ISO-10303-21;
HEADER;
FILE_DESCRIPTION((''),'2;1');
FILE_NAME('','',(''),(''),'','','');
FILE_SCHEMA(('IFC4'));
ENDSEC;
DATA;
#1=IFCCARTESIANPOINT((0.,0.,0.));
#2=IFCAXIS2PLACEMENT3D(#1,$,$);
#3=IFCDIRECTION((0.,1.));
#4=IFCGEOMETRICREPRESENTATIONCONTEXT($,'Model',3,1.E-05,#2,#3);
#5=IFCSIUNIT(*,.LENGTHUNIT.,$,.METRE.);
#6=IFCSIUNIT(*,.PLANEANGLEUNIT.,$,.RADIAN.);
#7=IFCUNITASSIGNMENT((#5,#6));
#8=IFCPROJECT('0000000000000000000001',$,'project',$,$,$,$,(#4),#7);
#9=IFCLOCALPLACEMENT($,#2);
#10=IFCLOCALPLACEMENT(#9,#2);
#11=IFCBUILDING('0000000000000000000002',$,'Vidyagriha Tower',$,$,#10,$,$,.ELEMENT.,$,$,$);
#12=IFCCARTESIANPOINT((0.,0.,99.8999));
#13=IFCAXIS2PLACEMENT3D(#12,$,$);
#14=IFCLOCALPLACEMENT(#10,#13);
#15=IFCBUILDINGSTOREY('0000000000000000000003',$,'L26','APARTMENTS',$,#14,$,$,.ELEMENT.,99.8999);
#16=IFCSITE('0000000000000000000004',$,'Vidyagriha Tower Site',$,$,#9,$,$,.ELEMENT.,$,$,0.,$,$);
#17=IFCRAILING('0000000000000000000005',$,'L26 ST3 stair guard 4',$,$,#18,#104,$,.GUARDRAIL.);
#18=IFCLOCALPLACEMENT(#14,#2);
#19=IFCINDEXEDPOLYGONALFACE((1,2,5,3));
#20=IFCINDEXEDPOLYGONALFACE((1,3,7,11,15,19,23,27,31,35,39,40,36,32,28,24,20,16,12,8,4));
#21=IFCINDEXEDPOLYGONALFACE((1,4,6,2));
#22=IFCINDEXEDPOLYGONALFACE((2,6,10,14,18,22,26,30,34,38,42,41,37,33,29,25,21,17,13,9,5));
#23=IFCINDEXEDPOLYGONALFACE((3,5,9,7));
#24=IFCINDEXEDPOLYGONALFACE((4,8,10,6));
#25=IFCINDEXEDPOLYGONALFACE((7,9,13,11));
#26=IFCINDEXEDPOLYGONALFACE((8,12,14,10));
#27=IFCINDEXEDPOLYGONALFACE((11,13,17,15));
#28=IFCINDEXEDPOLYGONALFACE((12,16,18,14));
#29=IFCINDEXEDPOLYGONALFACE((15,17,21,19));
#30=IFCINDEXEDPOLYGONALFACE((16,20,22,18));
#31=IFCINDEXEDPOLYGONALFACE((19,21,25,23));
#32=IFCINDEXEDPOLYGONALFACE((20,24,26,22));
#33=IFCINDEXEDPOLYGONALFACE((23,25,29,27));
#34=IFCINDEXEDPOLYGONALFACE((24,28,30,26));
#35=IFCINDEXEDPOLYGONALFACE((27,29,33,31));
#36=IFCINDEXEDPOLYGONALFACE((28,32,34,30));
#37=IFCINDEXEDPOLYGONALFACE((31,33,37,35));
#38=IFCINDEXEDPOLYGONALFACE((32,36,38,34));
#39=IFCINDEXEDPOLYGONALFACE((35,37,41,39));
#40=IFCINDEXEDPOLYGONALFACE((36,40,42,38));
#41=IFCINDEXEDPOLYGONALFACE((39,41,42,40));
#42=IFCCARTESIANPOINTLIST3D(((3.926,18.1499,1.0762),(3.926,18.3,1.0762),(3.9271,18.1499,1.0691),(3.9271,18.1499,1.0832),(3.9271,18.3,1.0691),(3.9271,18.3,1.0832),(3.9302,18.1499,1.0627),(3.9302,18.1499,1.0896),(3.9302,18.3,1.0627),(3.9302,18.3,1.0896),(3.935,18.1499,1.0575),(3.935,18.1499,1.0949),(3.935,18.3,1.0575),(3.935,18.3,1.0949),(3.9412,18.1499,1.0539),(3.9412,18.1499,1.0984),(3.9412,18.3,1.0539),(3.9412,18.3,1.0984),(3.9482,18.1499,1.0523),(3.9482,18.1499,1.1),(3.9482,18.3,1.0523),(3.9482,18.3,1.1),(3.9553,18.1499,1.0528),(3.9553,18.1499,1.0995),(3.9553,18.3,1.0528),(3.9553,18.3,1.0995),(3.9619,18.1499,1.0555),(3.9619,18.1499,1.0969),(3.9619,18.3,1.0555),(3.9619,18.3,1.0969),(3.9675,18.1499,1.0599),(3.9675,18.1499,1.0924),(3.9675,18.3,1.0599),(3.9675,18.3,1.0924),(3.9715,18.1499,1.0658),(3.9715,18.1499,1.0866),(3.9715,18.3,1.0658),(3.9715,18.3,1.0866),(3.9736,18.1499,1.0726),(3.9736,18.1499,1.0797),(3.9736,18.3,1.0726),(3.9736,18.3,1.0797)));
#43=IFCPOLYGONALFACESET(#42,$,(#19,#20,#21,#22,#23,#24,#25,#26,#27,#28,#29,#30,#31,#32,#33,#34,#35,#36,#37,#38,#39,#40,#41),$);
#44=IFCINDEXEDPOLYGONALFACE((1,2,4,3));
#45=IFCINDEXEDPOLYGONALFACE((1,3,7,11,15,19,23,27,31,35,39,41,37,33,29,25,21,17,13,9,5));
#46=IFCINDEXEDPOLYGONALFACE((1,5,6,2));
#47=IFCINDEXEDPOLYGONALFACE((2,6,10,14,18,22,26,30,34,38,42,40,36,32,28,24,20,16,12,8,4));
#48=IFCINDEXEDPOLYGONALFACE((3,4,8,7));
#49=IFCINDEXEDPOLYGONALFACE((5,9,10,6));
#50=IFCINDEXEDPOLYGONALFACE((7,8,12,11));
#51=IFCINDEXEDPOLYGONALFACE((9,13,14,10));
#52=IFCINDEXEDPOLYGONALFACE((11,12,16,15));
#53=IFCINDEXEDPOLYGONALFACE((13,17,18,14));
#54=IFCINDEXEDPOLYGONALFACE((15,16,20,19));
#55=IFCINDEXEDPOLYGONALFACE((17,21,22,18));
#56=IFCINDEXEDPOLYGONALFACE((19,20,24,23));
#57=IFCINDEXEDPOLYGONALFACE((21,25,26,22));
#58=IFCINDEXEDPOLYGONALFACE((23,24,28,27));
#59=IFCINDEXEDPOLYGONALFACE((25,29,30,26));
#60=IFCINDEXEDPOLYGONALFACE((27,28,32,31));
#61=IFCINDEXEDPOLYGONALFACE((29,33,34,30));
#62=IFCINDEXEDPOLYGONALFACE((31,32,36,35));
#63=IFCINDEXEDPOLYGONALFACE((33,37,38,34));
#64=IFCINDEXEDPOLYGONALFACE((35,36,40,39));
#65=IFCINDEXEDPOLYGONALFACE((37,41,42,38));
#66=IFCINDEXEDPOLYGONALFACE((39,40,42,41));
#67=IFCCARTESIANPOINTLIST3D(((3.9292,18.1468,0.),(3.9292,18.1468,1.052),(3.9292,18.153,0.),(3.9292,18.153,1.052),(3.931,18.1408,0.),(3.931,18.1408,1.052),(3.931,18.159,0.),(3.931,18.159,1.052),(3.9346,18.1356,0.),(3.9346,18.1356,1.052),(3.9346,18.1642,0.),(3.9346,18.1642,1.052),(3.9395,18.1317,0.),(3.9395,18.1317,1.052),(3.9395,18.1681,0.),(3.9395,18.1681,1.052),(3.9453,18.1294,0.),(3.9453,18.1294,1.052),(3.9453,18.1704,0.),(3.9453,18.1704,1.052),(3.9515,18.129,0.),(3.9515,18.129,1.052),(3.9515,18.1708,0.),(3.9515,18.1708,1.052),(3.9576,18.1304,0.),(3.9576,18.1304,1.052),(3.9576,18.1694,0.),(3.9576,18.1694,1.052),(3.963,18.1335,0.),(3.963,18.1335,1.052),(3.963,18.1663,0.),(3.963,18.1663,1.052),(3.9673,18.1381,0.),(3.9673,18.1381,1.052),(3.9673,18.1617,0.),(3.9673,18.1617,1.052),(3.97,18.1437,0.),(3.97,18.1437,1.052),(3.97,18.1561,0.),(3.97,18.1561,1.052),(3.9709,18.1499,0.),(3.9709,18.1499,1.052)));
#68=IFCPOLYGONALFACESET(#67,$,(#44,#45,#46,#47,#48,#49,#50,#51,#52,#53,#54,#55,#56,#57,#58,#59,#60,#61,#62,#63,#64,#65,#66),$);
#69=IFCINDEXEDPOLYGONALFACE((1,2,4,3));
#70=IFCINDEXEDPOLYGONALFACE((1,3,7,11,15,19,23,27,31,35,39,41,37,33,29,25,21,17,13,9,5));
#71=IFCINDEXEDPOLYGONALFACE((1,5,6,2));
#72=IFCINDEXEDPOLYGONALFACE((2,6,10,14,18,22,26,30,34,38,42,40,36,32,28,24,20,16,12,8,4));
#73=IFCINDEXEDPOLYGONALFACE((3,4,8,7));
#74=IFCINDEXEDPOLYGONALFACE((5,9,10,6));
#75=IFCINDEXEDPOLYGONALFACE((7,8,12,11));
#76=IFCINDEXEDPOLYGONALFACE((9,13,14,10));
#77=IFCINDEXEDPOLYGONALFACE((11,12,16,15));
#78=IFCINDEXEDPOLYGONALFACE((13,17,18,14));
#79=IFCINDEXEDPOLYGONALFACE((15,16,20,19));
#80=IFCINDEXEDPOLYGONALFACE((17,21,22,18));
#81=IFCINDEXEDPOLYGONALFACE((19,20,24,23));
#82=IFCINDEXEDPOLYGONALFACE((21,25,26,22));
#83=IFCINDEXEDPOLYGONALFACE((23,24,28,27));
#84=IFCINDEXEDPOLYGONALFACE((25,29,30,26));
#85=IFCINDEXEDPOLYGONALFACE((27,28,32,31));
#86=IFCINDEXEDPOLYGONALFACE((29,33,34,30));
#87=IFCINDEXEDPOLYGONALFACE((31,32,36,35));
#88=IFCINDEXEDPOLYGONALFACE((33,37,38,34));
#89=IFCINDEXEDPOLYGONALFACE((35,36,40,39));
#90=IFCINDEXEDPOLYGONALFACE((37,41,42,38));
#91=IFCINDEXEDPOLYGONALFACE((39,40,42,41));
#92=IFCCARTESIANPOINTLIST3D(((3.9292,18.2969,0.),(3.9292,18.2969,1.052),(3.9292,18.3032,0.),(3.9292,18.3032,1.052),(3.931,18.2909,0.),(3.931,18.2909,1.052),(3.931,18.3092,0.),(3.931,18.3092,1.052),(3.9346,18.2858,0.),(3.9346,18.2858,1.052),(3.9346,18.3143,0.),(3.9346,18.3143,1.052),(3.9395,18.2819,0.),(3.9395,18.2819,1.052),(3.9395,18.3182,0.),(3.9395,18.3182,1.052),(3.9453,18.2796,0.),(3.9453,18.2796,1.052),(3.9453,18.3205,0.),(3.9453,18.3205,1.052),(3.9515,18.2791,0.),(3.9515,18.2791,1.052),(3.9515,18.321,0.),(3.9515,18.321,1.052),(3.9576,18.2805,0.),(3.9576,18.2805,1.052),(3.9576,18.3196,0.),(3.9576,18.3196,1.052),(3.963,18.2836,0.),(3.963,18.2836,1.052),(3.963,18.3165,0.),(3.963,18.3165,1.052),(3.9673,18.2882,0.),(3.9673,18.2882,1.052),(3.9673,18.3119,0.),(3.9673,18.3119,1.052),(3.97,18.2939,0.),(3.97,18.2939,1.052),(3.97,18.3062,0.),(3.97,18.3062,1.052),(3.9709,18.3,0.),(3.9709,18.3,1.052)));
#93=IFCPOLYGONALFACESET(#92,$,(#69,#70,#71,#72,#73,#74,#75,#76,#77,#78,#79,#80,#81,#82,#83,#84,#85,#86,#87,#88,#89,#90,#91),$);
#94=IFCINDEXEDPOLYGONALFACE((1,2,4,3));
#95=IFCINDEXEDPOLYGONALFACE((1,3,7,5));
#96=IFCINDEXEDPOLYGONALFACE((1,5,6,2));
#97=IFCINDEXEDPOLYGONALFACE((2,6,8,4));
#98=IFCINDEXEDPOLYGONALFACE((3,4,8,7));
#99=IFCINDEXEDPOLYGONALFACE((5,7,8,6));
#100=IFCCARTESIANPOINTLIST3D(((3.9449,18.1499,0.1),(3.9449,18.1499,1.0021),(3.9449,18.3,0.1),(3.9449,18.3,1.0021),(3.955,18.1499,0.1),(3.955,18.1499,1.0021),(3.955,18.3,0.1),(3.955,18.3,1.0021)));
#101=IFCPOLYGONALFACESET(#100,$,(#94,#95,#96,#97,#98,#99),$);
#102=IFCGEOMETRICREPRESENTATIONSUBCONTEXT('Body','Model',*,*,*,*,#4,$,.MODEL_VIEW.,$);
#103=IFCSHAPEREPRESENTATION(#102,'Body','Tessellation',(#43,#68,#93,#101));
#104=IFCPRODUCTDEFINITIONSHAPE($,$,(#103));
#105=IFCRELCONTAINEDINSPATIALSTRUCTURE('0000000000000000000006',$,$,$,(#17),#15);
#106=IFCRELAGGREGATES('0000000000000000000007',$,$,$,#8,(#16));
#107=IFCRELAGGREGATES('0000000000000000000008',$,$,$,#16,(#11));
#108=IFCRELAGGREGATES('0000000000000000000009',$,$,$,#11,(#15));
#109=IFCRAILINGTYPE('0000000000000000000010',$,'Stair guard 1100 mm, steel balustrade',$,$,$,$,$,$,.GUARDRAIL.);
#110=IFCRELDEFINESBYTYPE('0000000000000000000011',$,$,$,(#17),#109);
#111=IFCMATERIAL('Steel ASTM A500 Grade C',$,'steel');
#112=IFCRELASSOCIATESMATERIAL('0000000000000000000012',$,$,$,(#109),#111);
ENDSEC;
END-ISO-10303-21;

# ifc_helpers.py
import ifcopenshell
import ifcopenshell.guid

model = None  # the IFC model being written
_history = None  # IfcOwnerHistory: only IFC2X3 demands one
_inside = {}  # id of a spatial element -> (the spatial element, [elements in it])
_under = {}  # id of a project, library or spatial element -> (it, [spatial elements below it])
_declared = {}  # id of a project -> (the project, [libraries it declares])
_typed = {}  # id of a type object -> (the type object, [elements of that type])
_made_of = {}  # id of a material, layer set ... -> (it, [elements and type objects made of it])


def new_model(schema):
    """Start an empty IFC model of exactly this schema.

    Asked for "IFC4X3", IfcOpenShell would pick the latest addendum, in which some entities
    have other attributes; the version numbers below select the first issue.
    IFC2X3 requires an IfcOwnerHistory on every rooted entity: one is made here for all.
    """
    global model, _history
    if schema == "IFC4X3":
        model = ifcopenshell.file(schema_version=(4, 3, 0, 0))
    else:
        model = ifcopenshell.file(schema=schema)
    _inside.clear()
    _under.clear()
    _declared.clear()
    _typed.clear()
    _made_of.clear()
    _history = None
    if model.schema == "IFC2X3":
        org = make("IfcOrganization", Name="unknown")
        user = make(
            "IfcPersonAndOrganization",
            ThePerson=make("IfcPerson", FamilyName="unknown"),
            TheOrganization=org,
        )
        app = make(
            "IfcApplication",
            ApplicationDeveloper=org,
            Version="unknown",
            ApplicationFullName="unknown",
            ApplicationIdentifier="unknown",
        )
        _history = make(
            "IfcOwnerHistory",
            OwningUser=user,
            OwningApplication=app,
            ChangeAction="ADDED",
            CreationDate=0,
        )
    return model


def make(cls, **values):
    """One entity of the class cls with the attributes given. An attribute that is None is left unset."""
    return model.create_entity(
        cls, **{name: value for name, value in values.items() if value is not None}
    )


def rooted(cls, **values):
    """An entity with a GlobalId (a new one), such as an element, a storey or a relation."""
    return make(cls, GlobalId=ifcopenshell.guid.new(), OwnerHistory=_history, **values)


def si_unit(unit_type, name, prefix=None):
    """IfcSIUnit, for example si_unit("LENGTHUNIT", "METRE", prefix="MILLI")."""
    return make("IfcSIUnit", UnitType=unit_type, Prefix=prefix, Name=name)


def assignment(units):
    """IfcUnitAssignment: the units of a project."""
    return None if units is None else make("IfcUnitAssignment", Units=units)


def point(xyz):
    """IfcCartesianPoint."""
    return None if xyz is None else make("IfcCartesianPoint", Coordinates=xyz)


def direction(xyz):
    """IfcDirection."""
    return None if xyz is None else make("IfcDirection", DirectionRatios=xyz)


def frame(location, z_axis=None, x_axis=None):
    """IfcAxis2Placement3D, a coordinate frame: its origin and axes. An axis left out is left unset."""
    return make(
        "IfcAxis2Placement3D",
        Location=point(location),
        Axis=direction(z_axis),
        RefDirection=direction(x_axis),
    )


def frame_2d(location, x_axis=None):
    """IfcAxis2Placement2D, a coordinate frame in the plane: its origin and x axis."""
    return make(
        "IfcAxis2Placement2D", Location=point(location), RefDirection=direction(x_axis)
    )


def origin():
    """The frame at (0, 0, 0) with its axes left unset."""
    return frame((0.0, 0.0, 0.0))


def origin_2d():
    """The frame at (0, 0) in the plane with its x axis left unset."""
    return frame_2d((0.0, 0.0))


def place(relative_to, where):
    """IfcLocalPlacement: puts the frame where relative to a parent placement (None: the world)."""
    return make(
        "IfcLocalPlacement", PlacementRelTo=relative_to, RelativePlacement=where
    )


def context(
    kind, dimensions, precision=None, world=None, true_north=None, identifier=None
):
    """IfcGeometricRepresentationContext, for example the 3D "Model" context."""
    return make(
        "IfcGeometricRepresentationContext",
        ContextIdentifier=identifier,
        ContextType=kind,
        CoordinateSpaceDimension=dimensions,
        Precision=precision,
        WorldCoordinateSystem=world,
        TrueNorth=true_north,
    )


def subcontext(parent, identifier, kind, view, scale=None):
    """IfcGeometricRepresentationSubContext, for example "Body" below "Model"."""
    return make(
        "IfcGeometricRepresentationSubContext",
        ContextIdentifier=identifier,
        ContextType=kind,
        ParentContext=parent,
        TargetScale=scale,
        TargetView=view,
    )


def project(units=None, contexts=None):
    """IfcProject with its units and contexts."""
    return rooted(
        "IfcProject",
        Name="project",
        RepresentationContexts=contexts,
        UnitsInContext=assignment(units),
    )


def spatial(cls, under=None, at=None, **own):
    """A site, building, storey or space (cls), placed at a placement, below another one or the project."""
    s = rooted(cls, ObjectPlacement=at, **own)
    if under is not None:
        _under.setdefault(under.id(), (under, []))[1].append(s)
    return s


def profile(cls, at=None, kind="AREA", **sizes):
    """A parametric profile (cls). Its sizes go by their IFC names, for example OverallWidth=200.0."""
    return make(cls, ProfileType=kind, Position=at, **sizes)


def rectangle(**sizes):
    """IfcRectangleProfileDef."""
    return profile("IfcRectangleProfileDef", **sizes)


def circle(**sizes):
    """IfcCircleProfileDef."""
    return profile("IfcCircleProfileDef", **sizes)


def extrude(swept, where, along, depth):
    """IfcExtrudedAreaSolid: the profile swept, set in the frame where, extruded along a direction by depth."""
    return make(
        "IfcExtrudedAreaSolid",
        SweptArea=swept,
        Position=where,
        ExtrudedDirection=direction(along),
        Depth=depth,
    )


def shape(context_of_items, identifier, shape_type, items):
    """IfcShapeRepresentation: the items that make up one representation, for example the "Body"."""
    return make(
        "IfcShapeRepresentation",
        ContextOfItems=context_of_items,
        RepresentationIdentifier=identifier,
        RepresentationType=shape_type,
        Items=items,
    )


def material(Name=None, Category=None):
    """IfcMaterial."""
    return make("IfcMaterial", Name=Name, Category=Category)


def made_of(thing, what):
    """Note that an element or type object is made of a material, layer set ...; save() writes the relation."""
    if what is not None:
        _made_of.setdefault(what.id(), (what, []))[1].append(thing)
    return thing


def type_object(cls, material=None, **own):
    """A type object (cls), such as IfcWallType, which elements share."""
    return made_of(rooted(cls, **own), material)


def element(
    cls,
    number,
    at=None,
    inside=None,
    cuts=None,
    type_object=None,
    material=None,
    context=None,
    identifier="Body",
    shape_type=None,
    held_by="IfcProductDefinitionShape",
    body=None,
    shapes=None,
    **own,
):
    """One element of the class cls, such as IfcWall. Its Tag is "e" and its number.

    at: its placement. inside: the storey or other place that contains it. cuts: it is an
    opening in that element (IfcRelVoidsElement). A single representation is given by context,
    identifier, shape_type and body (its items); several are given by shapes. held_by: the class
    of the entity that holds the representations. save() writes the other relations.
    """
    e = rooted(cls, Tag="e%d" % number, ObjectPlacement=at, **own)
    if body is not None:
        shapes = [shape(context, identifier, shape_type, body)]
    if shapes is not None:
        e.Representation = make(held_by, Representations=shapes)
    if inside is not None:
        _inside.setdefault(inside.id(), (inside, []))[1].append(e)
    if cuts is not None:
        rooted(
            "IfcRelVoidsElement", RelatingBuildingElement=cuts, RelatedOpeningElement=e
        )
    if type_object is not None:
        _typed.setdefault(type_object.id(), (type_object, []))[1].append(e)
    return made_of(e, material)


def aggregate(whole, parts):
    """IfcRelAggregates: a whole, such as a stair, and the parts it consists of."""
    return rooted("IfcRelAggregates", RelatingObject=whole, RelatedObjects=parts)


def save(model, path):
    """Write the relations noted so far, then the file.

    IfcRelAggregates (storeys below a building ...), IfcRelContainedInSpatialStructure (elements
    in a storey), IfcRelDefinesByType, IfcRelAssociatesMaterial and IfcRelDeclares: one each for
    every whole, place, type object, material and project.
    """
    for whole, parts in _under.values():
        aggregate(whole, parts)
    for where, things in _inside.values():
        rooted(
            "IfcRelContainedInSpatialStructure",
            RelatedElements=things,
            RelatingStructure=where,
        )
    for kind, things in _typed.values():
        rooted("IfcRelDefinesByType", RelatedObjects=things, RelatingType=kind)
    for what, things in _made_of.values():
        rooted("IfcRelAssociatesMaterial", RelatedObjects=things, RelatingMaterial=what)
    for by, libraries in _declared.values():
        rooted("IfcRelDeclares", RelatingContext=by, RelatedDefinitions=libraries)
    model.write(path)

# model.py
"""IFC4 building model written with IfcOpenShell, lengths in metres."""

from ifc_helpers import new_model, si_unit, direction, frame, origin, origin_2d, place, context, subcontext, project, spatial, rectangle, circle, extrude, material, type_object, element, save


model = new_model("IFC4")

# Units and contexts
model_context = context("Model", 3, precision=1e-05, world=origin(), true_north=direction((0.0, 1.0)))
body_context = subcontext(model_context, "Body", "Model", "MODEL_VIEW")
ifc_project = project(units=[si_unit("LENGTHUNIT", "METRE"), si_unit("PLANEANGLEUNIT", "RADIAN")], contexts=[model_context])

# Site, building, storey
site_placement = place(None, origin())
site = spatial("IfcSite", under=ifc_project, at=site_placement, Name="Vidyagriha Tower Site", CompositionType="ELEMENT", RefElevation=0.0)
building_placement = place(site_placement, origin())
building = spatial("IfcBuilding", under=site, at=building_placement, Name="Vidyagriha Tower", CompositionType="ELEMENT")
storey_placement = place(building_placement, frame((0.0, 0.0, 99.8999)))
storey = spatial("IfcBuildingStorey", under=building, at=storey_placement, Name="L26", Description="APARTMENTS", CompositionType="ELEMENT", Elevation=99.8999)

# Railing
ifc_material_1 = material(Name="Steel ASTM A500 Grade C", Category="steel")
railing_type_1 = type_object("IfcRailingType", Name="Stair guard 1100 mm, steel balustrade", PredefinedType="GUARDRAIL", material=ifc_material_1)
railing_1_placement = place(storey_placement, frame((3.95, 18.1499, 0.0)))
element("IfcRailing", 1, at=railing_1_placement, inside=storey, type_object=railing_type_1, Name="L26 ST3 stair guard 4", PredefinedType="GUARDRAIL", context=body_context, shape_type="SweptSolid", body=[
    extrude(circle(Radius=0.0239, at=origin_2d()), frame((0.0, 0.0, 1.0762), z_axis=(0.0, 1.0, 0.0), x_axis=(-1.0, 0.0, 0.0)), (0.0, 0.0, 1.0), 0.1501),
    extrude(circle(Radius=0.021, at=origin_2d()), origin(), (0.0, 0.0, 1.0), 1.052),
    extrude(circle(Radius=0.021, at=origin_2d()), frame((0.0, 0.1501, 0.0)), (0.0, 0.0, 1.0), 1.052),
    extrude(rectangle(XDim=0.01, YDim=0.9021, at=origin_2d()), frame((0.0, 0.0, 0.551), z_axis=(0.0, 1.0, 0.0), x_axis=(-1.0, 0.0, 0.0)), (0.0, 0.0, 1.0), 0.1501),
])

save(model, "model.ifc")
